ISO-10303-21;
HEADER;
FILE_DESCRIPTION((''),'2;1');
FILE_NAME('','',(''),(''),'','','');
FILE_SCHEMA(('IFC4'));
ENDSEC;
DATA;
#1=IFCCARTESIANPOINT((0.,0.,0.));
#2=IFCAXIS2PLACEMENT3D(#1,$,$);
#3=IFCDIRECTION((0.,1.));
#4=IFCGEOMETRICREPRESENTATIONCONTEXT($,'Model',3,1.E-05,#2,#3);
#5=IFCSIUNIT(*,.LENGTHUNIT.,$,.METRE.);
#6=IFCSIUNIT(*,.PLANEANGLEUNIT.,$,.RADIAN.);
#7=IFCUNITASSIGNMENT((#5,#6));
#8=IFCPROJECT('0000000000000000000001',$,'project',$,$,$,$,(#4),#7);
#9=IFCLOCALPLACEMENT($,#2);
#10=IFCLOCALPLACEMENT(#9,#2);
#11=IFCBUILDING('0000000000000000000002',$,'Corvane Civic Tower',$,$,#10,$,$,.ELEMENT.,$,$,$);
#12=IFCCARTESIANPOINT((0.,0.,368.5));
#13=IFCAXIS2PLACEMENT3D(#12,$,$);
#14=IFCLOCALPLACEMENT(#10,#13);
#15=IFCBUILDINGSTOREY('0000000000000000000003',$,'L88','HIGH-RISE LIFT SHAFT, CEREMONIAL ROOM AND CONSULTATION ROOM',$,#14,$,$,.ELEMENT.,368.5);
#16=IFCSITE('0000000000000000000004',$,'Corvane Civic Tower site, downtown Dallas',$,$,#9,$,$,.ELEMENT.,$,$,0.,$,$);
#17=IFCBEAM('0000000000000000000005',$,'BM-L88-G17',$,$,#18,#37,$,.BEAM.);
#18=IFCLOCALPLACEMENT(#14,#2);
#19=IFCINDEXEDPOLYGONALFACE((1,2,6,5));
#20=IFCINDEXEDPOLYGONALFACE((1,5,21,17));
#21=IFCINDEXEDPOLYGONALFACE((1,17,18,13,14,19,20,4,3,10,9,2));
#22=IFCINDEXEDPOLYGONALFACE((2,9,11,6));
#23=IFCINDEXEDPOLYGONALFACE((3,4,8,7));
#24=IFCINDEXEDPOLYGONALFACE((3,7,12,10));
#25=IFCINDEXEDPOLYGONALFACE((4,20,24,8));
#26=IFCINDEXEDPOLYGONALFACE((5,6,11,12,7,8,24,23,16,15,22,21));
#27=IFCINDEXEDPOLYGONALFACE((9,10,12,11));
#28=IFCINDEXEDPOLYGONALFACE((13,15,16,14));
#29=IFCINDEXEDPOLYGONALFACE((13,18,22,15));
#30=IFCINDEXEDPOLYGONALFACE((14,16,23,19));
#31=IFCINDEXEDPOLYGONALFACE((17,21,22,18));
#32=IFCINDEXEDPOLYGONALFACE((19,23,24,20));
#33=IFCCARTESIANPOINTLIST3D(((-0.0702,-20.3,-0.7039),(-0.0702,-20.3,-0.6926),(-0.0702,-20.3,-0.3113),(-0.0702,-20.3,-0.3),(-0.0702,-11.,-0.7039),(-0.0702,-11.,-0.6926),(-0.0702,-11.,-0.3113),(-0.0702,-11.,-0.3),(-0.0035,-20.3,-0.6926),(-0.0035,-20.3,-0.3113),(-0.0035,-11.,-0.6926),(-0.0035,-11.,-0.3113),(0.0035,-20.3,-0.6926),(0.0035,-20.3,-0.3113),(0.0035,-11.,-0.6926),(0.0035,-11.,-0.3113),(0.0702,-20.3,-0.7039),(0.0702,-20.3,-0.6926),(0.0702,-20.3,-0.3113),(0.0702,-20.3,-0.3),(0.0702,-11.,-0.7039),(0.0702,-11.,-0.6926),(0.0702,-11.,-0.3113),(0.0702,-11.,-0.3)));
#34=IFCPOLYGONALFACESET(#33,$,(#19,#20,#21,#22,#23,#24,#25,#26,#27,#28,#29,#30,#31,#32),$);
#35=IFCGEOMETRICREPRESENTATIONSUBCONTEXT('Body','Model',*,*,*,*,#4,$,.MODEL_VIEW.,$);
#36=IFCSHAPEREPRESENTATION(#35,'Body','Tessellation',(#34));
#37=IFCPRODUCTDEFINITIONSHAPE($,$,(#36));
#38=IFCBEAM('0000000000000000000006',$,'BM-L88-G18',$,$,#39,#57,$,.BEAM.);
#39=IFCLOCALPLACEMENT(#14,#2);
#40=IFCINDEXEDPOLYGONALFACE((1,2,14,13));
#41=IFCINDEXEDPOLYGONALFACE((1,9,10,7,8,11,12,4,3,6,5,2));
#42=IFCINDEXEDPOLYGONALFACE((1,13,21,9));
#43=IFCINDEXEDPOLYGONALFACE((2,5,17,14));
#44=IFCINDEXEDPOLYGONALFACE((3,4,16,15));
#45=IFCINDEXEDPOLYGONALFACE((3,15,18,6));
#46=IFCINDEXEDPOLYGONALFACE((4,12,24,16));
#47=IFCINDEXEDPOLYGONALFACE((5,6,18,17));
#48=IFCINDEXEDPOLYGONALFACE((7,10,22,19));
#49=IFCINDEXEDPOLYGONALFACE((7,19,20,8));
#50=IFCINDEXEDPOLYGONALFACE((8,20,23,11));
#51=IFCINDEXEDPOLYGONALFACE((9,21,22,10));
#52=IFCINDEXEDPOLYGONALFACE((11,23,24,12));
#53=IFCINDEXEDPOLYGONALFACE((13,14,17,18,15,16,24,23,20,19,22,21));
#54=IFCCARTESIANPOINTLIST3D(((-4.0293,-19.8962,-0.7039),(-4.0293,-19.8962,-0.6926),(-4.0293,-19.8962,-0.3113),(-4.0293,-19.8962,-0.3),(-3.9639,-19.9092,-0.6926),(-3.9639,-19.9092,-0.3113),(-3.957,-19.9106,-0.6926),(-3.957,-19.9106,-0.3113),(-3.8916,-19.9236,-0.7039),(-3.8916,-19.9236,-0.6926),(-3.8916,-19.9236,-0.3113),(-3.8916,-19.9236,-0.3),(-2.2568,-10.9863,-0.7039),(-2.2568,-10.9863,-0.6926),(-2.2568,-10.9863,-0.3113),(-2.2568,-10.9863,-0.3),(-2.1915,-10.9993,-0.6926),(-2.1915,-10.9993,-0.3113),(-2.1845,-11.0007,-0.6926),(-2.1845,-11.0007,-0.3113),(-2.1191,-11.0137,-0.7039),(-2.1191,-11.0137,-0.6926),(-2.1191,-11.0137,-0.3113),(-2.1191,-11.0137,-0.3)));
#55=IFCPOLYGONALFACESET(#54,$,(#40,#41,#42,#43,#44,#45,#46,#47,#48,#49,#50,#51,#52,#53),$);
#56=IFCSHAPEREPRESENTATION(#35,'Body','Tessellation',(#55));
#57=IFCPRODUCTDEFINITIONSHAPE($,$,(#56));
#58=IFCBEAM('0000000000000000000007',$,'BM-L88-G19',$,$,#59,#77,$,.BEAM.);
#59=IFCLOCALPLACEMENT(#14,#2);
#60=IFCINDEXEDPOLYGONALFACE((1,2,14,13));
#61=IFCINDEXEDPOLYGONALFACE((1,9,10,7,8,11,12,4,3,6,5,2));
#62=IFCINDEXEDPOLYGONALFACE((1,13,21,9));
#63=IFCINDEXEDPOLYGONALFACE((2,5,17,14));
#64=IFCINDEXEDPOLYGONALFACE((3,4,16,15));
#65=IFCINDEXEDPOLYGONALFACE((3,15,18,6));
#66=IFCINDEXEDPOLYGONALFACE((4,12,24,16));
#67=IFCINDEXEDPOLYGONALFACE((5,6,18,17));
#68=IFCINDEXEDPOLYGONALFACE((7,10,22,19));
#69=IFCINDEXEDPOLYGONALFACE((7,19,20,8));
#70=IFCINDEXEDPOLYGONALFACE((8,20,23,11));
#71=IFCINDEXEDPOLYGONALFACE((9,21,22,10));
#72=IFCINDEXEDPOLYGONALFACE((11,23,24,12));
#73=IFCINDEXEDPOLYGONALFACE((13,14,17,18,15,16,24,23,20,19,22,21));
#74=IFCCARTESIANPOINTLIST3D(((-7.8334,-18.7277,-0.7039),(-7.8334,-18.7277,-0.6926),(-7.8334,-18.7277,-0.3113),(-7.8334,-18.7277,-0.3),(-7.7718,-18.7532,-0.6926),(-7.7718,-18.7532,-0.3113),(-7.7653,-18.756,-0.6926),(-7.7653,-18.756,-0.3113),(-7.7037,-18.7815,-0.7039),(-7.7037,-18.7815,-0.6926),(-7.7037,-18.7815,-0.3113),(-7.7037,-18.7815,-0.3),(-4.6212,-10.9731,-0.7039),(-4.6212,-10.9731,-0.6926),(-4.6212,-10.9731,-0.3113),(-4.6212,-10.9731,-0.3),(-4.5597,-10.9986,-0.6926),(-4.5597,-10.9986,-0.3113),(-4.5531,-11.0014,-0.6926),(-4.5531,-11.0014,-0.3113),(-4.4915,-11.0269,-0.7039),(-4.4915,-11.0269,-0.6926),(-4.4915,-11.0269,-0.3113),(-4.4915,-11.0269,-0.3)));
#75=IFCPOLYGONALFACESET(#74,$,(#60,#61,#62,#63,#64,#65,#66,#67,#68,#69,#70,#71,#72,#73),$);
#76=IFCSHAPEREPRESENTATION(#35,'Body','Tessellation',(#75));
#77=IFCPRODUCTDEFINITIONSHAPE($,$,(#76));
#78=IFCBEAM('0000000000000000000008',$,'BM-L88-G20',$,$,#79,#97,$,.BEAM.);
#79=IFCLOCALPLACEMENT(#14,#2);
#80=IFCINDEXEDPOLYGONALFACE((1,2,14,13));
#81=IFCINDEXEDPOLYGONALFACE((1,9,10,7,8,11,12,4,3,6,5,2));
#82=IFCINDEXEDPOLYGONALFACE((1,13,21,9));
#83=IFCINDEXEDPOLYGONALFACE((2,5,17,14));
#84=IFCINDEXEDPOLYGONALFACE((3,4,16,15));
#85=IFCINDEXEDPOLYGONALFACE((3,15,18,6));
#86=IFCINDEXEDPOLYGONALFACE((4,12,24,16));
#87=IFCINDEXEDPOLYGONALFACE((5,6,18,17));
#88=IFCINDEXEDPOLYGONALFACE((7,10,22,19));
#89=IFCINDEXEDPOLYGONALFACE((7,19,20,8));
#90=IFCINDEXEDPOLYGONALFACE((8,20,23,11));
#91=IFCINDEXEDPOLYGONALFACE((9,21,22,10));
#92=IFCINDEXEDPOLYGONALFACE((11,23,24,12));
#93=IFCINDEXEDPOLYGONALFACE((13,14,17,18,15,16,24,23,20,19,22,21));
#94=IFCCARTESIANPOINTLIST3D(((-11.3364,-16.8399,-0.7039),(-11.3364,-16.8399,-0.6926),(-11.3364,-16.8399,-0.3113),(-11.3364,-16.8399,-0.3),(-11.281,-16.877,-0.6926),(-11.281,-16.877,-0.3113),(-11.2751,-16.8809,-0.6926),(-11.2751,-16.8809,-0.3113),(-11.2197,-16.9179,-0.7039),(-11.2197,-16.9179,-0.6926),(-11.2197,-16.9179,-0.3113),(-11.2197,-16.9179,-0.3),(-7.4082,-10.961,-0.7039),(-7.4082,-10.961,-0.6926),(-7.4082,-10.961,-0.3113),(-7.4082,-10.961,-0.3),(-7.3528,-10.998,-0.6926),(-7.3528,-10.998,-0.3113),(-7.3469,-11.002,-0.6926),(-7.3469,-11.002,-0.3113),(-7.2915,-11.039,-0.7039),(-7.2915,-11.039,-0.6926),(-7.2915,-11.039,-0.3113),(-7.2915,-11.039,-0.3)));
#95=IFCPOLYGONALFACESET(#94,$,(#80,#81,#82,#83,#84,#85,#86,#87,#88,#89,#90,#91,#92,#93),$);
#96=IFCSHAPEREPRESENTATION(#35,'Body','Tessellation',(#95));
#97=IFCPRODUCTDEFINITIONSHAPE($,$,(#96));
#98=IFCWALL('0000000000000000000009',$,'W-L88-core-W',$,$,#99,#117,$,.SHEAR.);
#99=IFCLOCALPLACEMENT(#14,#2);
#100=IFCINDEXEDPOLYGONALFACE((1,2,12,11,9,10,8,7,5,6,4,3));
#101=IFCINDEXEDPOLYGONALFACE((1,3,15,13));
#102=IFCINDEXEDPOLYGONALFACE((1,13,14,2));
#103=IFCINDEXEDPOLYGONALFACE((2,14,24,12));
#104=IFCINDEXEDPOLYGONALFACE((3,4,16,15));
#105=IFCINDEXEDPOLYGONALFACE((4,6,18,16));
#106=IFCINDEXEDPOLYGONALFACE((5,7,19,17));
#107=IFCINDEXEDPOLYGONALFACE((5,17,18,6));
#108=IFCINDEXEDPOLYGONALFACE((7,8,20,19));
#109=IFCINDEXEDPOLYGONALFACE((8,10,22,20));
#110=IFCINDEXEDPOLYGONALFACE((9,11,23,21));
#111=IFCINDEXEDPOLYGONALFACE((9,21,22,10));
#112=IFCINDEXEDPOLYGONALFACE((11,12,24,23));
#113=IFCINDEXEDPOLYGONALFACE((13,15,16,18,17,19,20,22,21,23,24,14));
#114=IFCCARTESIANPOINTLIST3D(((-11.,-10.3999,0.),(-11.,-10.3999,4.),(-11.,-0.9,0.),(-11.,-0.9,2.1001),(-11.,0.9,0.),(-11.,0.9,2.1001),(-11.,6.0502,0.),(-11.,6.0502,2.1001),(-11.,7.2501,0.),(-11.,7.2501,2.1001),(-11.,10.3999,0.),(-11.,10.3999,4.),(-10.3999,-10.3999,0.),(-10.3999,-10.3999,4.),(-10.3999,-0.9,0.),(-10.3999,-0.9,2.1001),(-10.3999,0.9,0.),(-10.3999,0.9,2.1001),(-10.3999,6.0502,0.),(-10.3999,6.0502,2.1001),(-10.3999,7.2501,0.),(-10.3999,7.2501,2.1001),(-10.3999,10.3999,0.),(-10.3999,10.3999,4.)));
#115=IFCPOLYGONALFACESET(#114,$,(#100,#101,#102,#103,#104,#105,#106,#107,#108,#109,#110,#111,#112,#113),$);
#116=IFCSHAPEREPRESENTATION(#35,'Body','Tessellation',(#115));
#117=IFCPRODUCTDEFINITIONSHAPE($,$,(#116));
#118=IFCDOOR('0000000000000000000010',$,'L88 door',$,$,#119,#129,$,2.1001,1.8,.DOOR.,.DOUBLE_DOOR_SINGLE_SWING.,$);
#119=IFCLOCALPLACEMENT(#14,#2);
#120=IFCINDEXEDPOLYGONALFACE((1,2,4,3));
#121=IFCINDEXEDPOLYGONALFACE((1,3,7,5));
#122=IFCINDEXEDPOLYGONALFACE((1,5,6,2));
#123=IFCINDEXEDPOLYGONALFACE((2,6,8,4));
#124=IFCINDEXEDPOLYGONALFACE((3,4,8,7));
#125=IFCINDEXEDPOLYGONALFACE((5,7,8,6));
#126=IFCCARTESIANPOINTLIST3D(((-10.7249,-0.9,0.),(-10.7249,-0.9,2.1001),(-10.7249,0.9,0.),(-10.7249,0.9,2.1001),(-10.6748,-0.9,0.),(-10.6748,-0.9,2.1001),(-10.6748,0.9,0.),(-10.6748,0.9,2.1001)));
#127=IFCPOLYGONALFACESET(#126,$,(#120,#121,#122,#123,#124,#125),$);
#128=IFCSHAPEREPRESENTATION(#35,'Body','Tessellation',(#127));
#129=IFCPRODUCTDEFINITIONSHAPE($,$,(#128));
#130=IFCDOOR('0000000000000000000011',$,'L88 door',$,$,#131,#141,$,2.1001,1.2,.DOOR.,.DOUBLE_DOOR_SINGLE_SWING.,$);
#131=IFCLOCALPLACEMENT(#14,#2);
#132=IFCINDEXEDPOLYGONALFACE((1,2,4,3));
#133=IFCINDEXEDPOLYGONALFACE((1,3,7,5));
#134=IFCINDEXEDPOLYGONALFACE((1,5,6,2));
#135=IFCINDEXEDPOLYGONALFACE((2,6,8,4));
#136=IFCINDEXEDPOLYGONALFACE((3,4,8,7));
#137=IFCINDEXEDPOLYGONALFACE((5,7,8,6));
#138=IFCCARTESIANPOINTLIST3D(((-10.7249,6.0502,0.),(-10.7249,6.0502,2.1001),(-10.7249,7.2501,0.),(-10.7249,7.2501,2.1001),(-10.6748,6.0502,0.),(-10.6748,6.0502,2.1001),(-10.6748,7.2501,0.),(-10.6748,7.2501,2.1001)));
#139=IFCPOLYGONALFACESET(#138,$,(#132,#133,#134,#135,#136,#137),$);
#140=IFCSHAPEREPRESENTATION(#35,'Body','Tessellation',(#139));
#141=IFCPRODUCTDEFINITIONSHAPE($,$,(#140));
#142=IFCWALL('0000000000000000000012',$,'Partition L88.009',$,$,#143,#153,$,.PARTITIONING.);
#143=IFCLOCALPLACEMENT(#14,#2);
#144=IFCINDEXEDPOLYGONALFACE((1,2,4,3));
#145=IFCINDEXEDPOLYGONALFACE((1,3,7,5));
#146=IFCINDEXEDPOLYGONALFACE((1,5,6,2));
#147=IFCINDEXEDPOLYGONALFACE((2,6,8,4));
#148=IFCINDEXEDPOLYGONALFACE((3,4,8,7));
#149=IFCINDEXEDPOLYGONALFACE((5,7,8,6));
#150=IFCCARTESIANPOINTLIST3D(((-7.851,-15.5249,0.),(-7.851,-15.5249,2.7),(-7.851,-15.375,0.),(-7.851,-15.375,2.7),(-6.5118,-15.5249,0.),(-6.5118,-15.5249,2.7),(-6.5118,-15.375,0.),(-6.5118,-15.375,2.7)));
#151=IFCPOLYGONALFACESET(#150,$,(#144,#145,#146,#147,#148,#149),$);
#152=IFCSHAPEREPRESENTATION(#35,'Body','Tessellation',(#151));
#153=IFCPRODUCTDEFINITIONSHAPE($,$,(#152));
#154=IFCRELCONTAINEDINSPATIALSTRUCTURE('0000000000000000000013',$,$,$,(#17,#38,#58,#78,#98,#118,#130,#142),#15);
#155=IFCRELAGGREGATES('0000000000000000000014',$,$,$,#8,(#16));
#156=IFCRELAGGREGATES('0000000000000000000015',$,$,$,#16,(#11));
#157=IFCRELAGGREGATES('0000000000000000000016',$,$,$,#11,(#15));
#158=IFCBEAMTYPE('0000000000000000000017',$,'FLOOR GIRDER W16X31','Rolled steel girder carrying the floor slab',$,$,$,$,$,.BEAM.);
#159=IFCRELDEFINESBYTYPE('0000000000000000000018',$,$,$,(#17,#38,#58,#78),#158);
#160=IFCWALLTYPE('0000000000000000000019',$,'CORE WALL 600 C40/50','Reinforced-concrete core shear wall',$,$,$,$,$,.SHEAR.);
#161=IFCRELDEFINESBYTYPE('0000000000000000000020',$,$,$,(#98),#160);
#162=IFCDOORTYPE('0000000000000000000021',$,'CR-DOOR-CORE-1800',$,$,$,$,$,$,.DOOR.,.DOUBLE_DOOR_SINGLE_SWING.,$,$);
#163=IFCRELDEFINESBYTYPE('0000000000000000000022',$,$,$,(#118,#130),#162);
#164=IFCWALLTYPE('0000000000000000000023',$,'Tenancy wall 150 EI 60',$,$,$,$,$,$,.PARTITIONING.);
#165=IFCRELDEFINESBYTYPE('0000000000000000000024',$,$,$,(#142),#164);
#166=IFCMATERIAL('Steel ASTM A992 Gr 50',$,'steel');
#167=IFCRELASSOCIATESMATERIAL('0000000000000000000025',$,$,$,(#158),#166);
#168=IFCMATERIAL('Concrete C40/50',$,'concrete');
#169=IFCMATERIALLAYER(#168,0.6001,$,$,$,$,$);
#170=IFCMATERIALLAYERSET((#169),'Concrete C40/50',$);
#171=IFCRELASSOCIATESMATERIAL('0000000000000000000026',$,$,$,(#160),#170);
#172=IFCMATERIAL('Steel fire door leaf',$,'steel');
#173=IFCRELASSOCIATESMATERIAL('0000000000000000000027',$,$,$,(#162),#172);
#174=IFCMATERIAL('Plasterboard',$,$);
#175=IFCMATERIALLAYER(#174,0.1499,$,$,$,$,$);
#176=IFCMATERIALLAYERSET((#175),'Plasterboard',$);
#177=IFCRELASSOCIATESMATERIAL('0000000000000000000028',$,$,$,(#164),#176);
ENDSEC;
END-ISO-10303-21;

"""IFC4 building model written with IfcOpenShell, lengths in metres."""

from ifc_helpers import new_model, si_unit, direction, frame, frame_2d, origin, origin_2d, place, context, subcontext, project, spatial, rectangle, i_section, extrude, material, layer, layer_set, material_profile, profile_set, type_object, element, fill, save


model = new_model("IFC4")

# Units and contexts
model_context = context("Model", 3, precision=1e-05, world=origin(), true_north=direction((0.0, 1.0)))
body_context = subcontext(model_context, "Body", "Model", "MODEL_VIEW")
ifc_project = project(units=[si_unit("LENGTHUNIT", "METRE"), si_unit("PLANEANGLEUNIT", "RADIAN")], contexts=[model_context])

# Site, building, storey
site_placement = place(None, origin())
site = spatial("IfcSite", under=ifc_project, at=site_placement, Name="Corvane Civic Tower site, downtown Dallas", CompositionType="ELEMENT", RefElevation=0.0)
building_placement = place(site_placement, origin())
building = spatial("IfcBuilding", under=site, at=building_placement, Name="Corvane Civic Tower", CompositionType="ELEMENT")
storey_placement = place(building_placement, frame((0.0, 0.0, 368.5)))
storey = spatial("IfcBuildingStorey", under=building, at=storey_placement, Name="L88", Description="HIGH-RISE LIFT SHAFT, CEREMONIAL ROOM AND CONSULTATION ROOM", CompositionType="ELEMENT", Elevation=368.5)

# Beams
ifc_material_1 = material(Name="Steel ASTM A992 Gr 50", Category="steel")
ifc_material_profile = material_profile(ifc_material_1, i_section(OverallWidth=0.1404, OverallDepth=0.4038, WebThickness=0.0071, FlangeThickness=0.0112, at=origin_2d()), Name="W16X31")
ifc_profile_set = profile_set([ifc_material_profile], Name="Steel ASTM A992 Gr 50")
beam_type = type_object("IfcBeamType", Name="FLOOR GIRDER W16X31", Description="Rolled steel girder carrying the floor slab", PredefinedType="BEAM", material=ifc_profile_set)
beam_1_placement = place(storey_placement, frame((0.0, -11.0, -0.502), z_axis=(0.0, -1.0, 0.0), x_axis=(1.0, 0.0, 0.0)))
element("IfcBeam", 1, at=beam_1_placement, inside=storey, type_object=beam_type, Name="BM-L88-G17", PredefinedType="BEAM", context=body_context, shape_type="SweptSolid", body=[
    extrude(i_section(OverallWidth=0.1404, OverallDepth=0.4038, WebThickness=0.0071, FlangeThickness=0.0112, at=origin_2d()), origin(), (0.0, 0.0, 1.0), 9.3),
])
beam_2_placement = place(storey_placement, frame((-2.188, -11.0, -0.502), z_axis=(-0.195108, -0.980782, 0.0), x_axis=(0.980782, -0.195108, 0.0)))
element("IfcBeam", 2, at=beam_2_placement, inside=storey, type_object=beam_type, Name="BM-L88-G18", PredefinedType="BEAM", context=body_context, shape_type="SweptSolid", body=[
    extrude(i_section(OverallWidth=0.1404, OverallDepth=0.4038, WebThickness=0.0071, FlangeThickness=0.0112, at=origin_2d()), origin(), (0.0, 0.0, 1.0), 9.0845),
])
beam_3_placement = place(storey_placement, frame((-4.5564, -11.0, -0.502), z_axis=(-0.382692, -0.923876, 0.0), x_axis=(0.923876, -0.382692, 0.0)))
element("IfcBeam", 3, at=beam_3_placement, inside=storey, type_object=beam_type, Name="BM-L88-G19", PredefinedType="BEAM", context=body_context, shape_type="SweptSolid", body=[
    extrude(i_section(OverallWidth=0.1404, OverallDepth=0.4038, WebThickness=0.0071, FlangeThickness=0.0112, at=origin_2d()), origin(), (0.0, 0.0, 1.0), 8.3936),
])
beam_4_placement = place(storey_placement, frame((-7.3499, -11.0, -0.502), z_axis=(-0.555576, -0.831465, 0.0), x_axis=(0.831465, -0.555576, 0.0)))
element("IfcBeam", 4, at=beam_4_placement, inside=storey, type_object=beam_type, Name="BM-L88-G20", PredefinedType="BEAM", context=body_context, shape_type="SweptSolid", body=[
    extrude(i_section(OverallWidth=0.1404, OverallDepth=0.4038, WebThickness=0.0071, FlangeThickness=0.0112, at=origin_2d()), origin(), (0.0, 0.0, 1.0), 7.0706),
])

# Wall, openings, doors
ifc_material_2 = material(Name="Concrete C40/50", Category="concrete")
ifc_layer_1 = layer(ifc_material_2, 0.6001)
ifc_layer_set_1 = layer_set([ifc_layer_1], Name="Concrete C40/50")
wall_type_1 = type_object("IfcWallType", Name="CORE WALL 600 C40/50", Description="Reinforced-concrete core shear wall", PredefinedType="SHEAR", material=ifc_layer_set_1)
wall_1_placement = place(storey_placement, frame((-10.7, -10.3999, 0.0), z_axis=(0.0, 0.0, 1.0), x_axis=(0.0, 1.0, 0.0)))
wall_1 = element("IfcWall", 5, at=wall_1_placement, inside=storey, type_object=wall_type_1, Name="W-L88-core-W", PredefinedType="SHEAR", context=body_context, shape_type="SweptSolid", body=[
    extrude(rectangle(XDim=20.7998, YDim=0.6001, at=frame_2d((10.3999, 0.0))), origin(), (0.0, 0.0, 1.0), 4.0),
])
opening_1_placement = place(wall_1_placement, frame((9.5, 0.0, 0.0)))
opening_1 = element("IfcOpeningElement", 6, at=opening_1_placement, cuts=wall_1, PredefinedType="OPENING", context=body_context, shape_type="SweptSolid", body=[
    extrude(rectangle(XDim=1.8, YDim=2.1001, at=frame_2d((0.8999, 1.05))), frame((0.0, 0.3101, 0.0), z_axis=(0.0, -1.0, 0.0), x_axis=(1.0, 0.0, 0.0)), (0.0, 0.0, 1.0), 0.6201),
])
opening_2_placement = place(wall_1_placement, frame((16.45, 0.0, 0.0)))
opening_2 = element("IfcOpeningElement", 7, at=opening_2_placement, cuts=wall_1, PredefinedType="OPENING", context=body_context, shape_type="SweptSolid", body=[
    extrude(rectangle(XDim=1.2, YDim=2.1001, at=frame_2d((0.6001, 1.05))), frame((0.0, 0.3101, 0.0), z_axis=(0.0, -1.0, 0.0), x_axis=(1.0, 0.0, 0.0)), (0.0, 0.0, 1.0), 0.6201),
])
ifc_material_3 = material(Name="Steel fire door leaf", Category="steel")
door_type = type_object("IfcDoorType", Name="CR-DOOR-CORE-1800", OperationType="DOUBLE_DOOR_SINGLE_SWING", PredefinedType="DOOR", material=ifc_material_3)
door_1_placement = place(opening_1_placement, origin())
door_1 = element("IfcDoor", 8, at=door_1_placement, inside=storey, type_object=door_type, Name="L88 door", OperationType="DOUBLE_DOOR_SINGLE_SWING", OverallHeight=2.1001, OverallWidth=1.8, PredefinedType="DOOR", context=body_context, shape_type="SweptSolid", body=[
    extrude(rectangle(XDim=1.8, YDim=2.1001, at=frame_2d((0.8999, 1.05))), frame((0.0, 0.0249, 0.0), z_axis=(0.0, -1.0, 0.0), x_axis=(1.0, 0.0, 0.0)), (0.0, 0.0, 1.0), 0.05),
])
fill(opening_1, door_1)
door_2_placement = place(opening_2_placement, origin())
door_2 = element("IfcDoor", 9, at=door_2_placement, inside=storey, type_object=door_type, Name="L88 door", OperationType="DOUBLE_DOOR_SINGLE_SWING", OverallHeight=2.1001, OverallWidth=1.2, PredefinedType="DOOR", context=body_context, shape_type="SweptSolid", body=[
    extrude(rectangle(XDim=1.2, YDim=2.1001, at=frame_2d((0.6001, 1.05))), frame((0.0, 0.0249, 0.0), z_axis=(0.0, -1.0, 0.0), x_axis=(1.0, 0.0, 0.0)), (0.0, 0.0, 1.0), 0.05),
])
fill(opening_2, door_2)

# Wall
ifc_material_4 = material(Name="Plasterboard")
ifc_layer_2 = layer(ifc_material_4, 0.1499)
ifc_layer_set_2 = layer_set([ifc_layer_2], Name="Plasterboard")
wall_type_2 = type_object("IfcWallType", Name="Tenancy wall 150 EI 60", PredefinedType="PARTITIONING", material=ifc_layer_set_2)
wall_2_placement = place(storey_placement, frame((-7.8508, -15.45, 0.0), z_axis=(0.0, 0.0, 1.0), x_axis=(1.0, 0.0, 0.0)))
element("IfcWall", 10, at=wall_2_placement, inside=storey, type_object=wall_type_2, Name="Partition L88.009", PredefinedType="PARTITIONING", context=body_context, shape_type="SweptSolid", body=[
    extrude(rectangle(XDim=1.3391, YDim=0.1499, at=frame_2d((0.6694, 0.0))), origin(), (0.0, 0.0, 1.0), 2.7),
])

save(model, "model.ifc")
